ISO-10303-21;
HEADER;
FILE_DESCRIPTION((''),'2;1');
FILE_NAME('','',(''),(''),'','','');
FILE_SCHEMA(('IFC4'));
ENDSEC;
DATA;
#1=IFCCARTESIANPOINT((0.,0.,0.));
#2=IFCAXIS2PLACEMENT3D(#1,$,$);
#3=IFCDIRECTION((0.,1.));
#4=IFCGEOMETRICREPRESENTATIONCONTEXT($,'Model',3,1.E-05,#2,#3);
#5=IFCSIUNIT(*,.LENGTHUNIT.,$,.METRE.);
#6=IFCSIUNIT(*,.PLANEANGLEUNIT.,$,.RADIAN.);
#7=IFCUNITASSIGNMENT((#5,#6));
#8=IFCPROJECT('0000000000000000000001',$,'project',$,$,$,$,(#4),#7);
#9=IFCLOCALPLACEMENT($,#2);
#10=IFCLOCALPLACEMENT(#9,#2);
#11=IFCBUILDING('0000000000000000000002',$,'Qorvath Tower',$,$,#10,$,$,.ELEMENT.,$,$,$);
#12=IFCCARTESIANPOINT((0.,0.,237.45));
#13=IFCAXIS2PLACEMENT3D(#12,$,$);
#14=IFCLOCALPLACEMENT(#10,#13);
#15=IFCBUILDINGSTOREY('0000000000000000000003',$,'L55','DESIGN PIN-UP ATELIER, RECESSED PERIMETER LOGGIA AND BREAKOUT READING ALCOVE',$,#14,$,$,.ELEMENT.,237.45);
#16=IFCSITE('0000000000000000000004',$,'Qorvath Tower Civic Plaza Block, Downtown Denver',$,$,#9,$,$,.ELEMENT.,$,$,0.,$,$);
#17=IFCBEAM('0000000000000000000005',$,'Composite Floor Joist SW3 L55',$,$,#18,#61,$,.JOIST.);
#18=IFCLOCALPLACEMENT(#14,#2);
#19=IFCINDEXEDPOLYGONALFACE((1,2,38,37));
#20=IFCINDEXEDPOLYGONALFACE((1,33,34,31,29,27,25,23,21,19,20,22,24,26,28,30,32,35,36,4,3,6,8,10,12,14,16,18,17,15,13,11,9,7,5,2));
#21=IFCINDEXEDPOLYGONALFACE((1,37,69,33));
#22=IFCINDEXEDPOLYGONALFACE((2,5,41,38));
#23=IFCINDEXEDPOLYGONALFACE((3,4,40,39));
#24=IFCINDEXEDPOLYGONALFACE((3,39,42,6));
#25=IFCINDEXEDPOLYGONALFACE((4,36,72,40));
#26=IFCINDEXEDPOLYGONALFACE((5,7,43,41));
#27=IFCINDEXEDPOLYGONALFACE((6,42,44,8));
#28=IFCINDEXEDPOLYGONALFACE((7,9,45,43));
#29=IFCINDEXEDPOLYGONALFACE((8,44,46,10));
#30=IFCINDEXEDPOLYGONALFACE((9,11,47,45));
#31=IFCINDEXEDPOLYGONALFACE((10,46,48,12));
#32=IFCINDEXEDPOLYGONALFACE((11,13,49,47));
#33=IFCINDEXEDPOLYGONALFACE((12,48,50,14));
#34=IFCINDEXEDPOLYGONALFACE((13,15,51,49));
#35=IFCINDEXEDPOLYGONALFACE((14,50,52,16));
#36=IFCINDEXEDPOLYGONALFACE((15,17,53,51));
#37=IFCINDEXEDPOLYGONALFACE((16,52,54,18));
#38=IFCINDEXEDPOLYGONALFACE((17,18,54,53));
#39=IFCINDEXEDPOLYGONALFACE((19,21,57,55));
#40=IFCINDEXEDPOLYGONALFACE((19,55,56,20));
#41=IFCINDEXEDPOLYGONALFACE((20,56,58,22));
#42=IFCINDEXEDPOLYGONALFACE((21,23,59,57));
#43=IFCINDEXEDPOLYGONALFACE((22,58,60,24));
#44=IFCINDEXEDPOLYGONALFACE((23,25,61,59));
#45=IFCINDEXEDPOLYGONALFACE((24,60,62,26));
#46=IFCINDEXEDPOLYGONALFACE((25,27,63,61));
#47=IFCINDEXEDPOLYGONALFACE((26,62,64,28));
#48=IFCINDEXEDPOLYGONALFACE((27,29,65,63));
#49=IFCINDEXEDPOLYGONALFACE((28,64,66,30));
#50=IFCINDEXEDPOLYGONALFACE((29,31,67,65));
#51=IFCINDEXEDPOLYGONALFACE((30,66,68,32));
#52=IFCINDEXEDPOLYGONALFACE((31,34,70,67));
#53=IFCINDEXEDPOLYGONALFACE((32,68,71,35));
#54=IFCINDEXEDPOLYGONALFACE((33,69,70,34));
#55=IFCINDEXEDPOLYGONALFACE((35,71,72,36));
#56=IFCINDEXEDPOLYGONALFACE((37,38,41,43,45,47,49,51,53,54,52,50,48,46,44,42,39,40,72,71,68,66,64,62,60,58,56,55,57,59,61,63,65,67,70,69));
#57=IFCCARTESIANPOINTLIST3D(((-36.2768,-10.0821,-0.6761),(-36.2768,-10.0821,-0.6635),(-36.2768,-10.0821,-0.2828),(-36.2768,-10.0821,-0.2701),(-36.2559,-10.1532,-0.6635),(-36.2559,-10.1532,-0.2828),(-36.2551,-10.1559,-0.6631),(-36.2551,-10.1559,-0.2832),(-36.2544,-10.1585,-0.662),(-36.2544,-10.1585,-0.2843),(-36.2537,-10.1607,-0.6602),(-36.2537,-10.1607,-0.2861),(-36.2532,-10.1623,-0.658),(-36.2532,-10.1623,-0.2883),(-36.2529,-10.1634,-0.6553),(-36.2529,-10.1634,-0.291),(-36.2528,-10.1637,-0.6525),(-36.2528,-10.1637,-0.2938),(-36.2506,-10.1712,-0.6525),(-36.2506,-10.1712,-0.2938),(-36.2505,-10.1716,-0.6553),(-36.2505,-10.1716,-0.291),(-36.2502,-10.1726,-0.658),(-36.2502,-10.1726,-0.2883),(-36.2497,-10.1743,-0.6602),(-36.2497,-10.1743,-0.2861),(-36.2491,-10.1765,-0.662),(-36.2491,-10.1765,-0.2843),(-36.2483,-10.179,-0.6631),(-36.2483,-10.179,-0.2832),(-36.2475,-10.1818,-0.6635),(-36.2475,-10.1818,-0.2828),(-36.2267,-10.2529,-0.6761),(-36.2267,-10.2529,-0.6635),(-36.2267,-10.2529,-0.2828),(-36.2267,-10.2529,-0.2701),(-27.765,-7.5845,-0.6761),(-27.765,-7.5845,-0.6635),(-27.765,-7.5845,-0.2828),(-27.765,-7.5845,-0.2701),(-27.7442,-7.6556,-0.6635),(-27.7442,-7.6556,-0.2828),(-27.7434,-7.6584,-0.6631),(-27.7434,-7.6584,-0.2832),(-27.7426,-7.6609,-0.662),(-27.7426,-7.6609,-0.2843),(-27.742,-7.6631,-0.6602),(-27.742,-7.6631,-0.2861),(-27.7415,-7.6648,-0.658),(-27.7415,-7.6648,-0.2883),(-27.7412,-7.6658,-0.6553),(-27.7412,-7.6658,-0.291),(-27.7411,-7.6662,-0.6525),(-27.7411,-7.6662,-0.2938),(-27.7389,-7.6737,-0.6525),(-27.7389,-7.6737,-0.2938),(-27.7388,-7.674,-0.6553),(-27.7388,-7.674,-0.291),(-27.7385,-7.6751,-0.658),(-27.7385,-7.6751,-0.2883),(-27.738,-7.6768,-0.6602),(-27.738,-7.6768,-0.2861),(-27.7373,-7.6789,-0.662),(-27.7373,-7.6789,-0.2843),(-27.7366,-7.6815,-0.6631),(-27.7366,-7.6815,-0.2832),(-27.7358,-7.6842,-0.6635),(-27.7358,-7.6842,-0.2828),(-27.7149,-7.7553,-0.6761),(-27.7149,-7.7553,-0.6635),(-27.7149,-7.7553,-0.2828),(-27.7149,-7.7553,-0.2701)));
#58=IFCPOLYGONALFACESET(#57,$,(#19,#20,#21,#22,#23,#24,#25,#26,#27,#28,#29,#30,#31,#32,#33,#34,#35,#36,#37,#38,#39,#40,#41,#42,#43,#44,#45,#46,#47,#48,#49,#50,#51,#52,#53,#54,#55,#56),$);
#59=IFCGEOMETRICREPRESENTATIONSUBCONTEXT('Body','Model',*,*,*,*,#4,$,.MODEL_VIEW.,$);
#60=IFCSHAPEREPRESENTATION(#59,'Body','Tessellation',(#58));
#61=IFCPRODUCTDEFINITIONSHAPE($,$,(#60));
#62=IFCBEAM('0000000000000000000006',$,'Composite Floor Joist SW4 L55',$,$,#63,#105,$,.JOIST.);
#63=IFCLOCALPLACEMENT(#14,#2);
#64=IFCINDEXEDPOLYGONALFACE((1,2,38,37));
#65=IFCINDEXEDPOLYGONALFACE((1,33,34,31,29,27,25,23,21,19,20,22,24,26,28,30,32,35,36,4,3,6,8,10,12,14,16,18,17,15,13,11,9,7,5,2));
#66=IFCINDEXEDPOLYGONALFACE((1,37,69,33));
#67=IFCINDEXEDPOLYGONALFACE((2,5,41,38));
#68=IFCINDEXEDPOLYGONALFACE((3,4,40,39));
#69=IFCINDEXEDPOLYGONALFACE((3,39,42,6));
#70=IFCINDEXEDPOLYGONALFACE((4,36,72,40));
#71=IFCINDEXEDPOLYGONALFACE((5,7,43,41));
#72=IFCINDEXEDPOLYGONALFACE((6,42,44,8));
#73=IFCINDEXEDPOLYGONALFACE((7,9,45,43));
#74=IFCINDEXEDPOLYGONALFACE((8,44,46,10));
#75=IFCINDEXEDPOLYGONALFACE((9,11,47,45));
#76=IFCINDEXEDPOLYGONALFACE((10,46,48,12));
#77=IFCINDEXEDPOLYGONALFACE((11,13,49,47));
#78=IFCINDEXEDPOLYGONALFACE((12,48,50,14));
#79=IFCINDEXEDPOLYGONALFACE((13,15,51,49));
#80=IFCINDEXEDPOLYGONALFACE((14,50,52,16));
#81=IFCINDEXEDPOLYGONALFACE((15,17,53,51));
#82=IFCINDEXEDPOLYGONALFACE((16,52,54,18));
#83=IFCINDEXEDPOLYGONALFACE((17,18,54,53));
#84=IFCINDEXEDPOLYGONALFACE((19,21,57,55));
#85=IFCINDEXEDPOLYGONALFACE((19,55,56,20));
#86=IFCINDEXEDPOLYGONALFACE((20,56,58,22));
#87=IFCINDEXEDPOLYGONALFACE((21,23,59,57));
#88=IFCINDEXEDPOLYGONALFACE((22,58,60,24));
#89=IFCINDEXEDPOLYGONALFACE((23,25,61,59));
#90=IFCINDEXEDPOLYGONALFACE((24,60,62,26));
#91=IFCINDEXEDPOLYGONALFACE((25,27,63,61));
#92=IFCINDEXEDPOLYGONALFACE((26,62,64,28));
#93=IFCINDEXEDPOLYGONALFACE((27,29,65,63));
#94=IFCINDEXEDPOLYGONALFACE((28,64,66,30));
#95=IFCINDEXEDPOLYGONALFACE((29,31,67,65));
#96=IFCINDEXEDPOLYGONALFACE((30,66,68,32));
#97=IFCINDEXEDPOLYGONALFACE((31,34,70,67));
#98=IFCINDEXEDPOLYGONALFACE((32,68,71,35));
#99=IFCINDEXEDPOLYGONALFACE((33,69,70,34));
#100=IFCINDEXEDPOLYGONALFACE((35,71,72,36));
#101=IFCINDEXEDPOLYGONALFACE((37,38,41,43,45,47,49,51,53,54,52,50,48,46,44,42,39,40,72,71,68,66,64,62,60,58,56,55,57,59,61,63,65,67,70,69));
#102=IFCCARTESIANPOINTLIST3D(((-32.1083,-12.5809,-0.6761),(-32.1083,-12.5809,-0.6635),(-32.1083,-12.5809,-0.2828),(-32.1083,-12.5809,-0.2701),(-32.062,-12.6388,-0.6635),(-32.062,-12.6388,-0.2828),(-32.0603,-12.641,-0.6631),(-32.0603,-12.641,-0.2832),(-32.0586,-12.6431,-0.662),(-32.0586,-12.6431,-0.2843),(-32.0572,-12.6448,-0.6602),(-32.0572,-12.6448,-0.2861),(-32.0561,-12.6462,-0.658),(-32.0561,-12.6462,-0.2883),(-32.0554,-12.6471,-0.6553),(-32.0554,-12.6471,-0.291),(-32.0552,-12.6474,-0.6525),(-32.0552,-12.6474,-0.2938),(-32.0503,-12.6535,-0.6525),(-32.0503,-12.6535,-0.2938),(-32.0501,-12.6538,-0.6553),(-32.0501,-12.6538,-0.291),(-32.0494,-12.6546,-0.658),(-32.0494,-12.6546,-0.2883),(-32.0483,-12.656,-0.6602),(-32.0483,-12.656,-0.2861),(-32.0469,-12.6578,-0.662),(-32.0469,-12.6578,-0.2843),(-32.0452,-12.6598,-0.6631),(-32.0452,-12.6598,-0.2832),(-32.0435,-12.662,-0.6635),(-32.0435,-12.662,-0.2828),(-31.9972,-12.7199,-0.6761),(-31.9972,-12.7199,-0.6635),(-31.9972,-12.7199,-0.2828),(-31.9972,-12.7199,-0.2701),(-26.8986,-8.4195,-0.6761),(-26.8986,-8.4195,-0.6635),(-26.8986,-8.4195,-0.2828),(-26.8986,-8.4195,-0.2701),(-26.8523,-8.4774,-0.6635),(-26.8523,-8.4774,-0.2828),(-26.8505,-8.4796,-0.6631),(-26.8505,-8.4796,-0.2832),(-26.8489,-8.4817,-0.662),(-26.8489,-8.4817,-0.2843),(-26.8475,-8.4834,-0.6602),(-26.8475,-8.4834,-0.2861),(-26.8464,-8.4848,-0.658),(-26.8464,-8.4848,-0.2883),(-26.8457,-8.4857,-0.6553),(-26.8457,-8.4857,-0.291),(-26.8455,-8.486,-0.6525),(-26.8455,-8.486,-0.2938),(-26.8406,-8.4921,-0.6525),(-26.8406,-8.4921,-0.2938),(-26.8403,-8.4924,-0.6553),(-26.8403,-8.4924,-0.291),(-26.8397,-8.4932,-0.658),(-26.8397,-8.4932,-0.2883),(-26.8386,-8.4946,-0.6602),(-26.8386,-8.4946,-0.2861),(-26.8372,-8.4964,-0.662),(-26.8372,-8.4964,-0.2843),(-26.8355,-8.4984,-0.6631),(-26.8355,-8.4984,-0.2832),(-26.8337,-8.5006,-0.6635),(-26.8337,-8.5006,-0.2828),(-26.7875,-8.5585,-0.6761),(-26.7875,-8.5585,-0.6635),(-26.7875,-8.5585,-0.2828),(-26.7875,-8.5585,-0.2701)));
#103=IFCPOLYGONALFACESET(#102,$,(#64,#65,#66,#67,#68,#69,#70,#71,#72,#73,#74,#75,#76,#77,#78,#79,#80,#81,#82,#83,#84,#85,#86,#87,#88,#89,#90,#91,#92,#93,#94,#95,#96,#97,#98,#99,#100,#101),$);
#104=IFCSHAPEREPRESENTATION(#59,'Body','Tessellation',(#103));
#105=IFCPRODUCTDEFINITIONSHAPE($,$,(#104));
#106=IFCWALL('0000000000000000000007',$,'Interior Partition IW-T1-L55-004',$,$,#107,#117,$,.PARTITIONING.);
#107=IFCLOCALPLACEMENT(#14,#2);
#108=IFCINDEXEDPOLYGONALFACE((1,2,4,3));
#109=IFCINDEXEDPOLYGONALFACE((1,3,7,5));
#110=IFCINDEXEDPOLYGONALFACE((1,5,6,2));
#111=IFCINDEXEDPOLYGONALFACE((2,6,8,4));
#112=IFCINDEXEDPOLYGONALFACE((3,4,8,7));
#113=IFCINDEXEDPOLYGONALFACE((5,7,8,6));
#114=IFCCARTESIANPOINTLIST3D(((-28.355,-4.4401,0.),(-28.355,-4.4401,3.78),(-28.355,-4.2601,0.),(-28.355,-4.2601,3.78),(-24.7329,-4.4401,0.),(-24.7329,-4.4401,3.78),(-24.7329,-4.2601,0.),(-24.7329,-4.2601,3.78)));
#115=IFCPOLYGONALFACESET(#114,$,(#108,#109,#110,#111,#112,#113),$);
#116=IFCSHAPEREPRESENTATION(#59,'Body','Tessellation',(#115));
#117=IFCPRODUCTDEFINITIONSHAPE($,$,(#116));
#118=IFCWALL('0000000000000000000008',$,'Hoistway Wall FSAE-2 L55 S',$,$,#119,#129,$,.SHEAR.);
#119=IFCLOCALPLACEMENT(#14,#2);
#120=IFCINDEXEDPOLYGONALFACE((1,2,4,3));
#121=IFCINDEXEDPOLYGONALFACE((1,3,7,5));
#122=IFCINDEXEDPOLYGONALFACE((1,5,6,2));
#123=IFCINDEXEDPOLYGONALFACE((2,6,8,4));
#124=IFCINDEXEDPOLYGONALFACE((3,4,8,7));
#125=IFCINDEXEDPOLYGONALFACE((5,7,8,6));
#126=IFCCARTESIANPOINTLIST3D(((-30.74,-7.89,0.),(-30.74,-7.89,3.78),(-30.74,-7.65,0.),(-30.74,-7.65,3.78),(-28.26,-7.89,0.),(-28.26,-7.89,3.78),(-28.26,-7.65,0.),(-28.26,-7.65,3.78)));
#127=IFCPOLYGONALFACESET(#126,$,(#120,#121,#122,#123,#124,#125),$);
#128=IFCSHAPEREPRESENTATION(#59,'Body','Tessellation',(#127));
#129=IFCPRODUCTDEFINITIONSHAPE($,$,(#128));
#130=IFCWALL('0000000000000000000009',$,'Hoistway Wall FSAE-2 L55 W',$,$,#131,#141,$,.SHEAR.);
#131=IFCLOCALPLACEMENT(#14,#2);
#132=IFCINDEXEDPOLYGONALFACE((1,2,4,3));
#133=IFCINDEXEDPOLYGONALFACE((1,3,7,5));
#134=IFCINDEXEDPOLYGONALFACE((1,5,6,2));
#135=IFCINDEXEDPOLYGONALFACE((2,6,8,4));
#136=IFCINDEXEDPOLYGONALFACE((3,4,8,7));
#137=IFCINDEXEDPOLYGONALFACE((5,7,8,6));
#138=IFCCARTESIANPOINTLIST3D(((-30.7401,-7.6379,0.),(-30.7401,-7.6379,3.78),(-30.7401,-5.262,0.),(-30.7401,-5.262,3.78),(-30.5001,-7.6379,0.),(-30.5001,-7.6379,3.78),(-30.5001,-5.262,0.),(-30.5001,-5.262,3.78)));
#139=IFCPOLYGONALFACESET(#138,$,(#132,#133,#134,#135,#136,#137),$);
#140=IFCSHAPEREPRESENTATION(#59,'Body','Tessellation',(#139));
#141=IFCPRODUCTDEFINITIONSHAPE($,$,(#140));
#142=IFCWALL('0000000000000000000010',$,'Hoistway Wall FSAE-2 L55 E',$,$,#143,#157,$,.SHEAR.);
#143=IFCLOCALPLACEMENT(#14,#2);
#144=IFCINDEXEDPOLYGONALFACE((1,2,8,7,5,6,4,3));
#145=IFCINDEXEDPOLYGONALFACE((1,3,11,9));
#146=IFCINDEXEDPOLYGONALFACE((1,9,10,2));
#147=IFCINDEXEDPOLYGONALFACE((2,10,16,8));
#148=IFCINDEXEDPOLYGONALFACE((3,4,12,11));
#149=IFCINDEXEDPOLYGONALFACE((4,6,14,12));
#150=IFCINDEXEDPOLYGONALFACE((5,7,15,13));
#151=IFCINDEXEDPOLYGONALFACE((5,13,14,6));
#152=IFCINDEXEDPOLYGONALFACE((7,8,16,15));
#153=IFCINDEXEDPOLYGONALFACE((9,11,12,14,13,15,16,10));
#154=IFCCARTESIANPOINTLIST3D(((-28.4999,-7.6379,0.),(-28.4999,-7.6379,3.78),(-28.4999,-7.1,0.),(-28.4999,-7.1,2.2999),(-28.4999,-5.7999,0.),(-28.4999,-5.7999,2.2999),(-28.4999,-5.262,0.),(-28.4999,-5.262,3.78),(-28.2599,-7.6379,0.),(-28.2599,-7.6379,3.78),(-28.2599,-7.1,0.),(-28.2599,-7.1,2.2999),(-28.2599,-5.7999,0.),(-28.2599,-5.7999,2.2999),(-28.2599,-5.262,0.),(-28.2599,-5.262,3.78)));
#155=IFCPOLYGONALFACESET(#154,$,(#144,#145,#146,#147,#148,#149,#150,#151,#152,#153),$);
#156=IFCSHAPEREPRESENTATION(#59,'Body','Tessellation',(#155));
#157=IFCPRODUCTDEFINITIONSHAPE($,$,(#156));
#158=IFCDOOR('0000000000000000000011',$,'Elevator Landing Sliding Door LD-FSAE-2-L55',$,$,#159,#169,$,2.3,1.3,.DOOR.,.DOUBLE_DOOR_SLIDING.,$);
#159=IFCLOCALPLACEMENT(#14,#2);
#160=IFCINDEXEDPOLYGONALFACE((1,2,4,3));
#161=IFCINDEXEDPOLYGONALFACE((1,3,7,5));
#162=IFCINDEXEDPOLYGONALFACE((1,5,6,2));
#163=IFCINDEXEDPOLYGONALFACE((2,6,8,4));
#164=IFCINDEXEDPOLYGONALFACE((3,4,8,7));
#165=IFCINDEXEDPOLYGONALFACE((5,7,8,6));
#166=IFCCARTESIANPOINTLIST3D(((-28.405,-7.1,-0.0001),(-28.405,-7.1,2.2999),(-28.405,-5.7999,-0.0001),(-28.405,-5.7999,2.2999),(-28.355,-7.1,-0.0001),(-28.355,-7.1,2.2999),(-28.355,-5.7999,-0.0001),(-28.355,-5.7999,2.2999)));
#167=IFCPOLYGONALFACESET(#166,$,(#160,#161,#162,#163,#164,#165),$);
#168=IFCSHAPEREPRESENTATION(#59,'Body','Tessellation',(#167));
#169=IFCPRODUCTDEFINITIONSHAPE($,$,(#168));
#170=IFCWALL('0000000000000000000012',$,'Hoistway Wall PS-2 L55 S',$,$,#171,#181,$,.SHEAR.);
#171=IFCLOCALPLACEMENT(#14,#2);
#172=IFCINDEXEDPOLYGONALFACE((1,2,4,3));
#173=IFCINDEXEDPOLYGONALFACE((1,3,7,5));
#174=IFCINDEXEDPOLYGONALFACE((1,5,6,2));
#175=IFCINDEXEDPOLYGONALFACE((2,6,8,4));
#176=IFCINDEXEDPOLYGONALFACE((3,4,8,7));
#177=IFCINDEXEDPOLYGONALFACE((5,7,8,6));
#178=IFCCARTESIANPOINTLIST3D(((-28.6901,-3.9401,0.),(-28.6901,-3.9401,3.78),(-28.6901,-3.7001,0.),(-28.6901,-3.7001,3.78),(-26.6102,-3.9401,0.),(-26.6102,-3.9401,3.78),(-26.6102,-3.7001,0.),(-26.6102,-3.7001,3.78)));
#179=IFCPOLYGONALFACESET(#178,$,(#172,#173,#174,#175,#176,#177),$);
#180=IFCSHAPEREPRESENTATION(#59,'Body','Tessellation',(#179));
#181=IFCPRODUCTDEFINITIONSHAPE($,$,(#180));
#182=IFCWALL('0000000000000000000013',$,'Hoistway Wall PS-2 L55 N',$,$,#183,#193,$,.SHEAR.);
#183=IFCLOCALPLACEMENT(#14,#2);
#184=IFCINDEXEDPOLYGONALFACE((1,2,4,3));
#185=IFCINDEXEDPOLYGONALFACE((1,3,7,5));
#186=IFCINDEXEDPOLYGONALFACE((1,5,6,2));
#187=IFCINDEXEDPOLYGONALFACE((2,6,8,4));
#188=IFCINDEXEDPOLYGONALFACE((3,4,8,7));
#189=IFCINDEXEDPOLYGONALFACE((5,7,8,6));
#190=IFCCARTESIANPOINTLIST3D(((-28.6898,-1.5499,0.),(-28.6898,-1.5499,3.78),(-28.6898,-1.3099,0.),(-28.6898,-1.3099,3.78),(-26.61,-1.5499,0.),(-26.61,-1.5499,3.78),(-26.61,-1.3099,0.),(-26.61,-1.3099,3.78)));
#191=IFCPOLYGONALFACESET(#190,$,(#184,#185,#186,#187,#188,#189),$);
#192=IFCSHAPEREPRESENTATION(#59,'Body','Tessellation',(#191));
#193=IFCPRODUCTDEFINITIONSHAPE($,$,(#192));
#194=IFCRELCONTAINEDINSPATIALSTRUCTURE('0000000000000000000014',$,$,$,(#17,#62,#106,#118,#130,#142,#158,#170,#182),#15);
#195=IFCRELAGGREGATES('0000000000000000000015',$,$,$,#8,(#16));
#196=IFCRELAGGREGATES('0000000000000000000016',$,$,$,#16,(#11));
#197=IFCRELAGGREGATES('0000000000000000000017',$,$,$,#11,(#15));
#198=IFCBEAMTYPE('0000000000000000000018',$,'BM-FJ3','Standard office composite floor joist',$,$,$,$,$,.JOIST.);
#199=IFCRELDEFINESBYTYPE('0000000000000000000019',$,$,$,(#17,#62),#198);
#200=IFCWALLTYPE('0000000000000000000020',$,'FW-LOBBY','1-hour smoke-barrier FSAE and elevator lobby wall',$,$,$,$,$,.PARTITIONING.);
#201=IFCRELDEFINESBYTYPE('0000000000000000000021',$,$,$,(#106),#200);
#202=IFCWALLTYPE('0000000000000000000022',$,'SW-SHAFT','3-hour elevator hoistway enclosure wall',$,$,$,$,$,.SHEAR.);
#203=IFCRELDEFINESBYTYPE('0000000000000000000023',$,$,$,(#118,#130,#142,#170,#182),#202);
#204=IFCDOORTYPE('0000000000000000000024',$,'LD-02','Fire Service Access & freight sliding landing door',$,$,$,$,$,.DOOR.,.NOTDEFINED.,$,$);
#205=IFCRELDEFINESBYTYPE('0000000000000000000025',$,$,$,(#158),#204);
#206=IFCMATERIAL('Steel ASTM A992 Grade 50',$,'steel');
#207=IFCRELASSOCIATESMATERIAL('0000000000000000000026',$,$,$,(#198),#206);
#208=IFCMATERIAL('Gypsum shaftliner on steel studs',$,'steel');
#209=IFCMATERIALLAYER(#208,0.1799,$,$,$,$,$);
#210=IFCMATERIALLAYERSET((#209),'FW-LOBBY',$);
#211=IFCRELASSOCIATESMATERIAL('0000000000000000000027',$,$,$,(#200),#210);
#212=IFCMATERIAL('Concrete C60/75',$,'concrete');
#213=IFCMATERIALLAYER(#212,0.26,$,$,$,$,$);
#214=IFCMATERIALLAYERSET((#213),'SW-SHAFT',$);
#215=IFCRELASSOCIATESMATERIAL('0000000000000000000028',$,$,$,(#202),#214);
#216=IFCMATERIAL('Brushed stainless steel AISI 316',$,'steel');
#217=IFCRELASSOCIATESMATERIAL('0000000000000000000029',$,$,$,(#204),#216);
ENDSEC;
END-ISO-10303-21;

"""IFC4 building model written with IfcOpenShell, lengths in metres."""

from ifc_helpers import new_model, si_unit, direction, frame, frame_2d, origin, origin_2d, place, context, subcontext, project, spatial, rectangle, i_section, extrude, material, layer, layer_set, material_profile, profile_set, type_object, element, fill, save


model = new_model("IFC4")

# Units and contexts
model_context = context("Model", 3, precision=1e-05, world=origin(), true_north=direction((0.0, 1.0)))
body_context = subcontext(model_context, "Body", "Model", "MODEL_VIEW")
ifc_project = project(units=[si_unit("LENGTHUNIT", "METRE"), si_unit("PLANEANGLEUNIT", "RADIAN")], contexts=[model_context])

# Site, building, storey
site_placement = place(None, origin())
site = spatial("IfcSite", under=ifc_project, at=site_placement, Name="Qorvath Tower Civic Plaza Block, Downtown Denver", CompositionType="ELEMENT", RefElevation=0.0)
building_placement = place(site_placement, origin())
building = spatial("IfcBuilding", under=site, at=building_placement, Name="Qorvath Tower", CompositionType="ELEMENT")
storey_placement = place(building_placement, frame((0.0, 0.0, 237.45)))
storey = spatial("IfcBuildingStorey", under=building, at=storey_placement, Name="L55", Description="DESIGN PIN-UP ATELIER, RECESSED PERIMETER LOGGIA AND BREAKOUT READING ALCOVE", CompositionType="ELEMENT", Elevation=237.45)

# Beams
ifc_material_1 = material(Name="Steel ASTM A992 Grade 50", Category="steel")
ifc_material_profile_1 = material_profile(ifc_material_1, i_section(OverallWidth=0.178, OverallDepth=0.406, WebThickness=0.0078, FlangeThickness=0.0127, FilletRadius=0.011, at=origin_2d()), Name="W16x40")
ifc_profile_set_1 = profile_set([ifc_material_profile_1], Name="Steel ASTM A992 Grade 50")
beam_type_1 = type_object("IfcBeamType", Name="BM-FJ3", Description="Standard office composite floor joist", PredefinedType="JOIST", material=ifc_profile_set_1)
beam_1_placement = place(storey_placement, frame((-27.74, -7.6699, -0.4731), z_axis=(-0.959545, -0.281555, 0.0), x_axis=(0.281555, -0.959545, 0.0)))
element("IfcBeam", 1, at=beam_1_placement, inside=storey, type_object=beam_type_1, Name="Composite Floor Joist SW3 L55", PredefinedType="JOIST", context=body_context, shape_type="SweptSolid", body=[
    extrude(i_section(OverallWidth=0.178, OverallDepth=0.406, WebThickness=0.0078, FlangeThickness=0.0127, FilletRadius=0.011, at=origin_2d()), origin(), (0.0, 0.0, 1.0), 8.8706),
])
beam_2_placement = place(storey_placement, frame((-26.843, -8.489, -0.4731), z_axis=(-0.781337, -0.62411, 0.0), x_axis=(0.62411, -0.781337, 0.0)))
element("IfcBeam", 2, at=beam_2_placement, inside=storey, type_object=beam_type_1, Name="Composite Floor Joist SW4 L55", PredefinedType="JOIST", context=body_context, shape_type="SweptSolid", body=[
    extrude(i_section(OverallWidth=0.178, OverallDepth=0.406, WebThickness=0.0078, FlangeThickness=0.0127, FilletRadius=0.011, at=origin_2d()), origin(), (0.0, 0.0, 1.0), 6.6677),
])

# Shared definitions
ifc_material_2 = material(Name="Gypsum shaftliner on steel studs", Category="steel")
ifc_layer_1 = layer(ifc_material_2, 0.1799)
ifc_layer_set_1 = layer_set([ifc_layer_1], Name="FW-LOBBY")
wall_type_1 = type_object("IfcWallType", Name="FW-LOBBY", Description="1-hour smoke-barrier FSAE and elevator lobby wall", PredefinedType="PARTITIONING", material=ifc_layer_set_1)

# Walls
wall_1_placement = place(storey_placement, frame((-24.7329, -4.3501, 0.0), z_axis=(0.0, 0.0, 1.0), x_axis=(-1.0, 0.0, 0.0)))
element("IfcWall", 3, at=wall_1_placement, inside=storey, type_object=wall_type_1, Name="Interior Partition IW-T1-L55-004", PredefinedType="PARTITIONING", context=body_context, shape_type="SweptSolid", body=[
    extrude(rectangle(XDim=3.6221, YDim=0.1799, at=frame_2d((1.811, 0.0))), origin(), (0.0, 0.0, 1.0), 3.78),
])
ifc_material_3 = material(Name="Concrete C60/75", Category="concrete")
ifc_layer_2 = layer(ifc_material_3, 0.26)
ifc_layer_set_2 = layer_set([ifc_layer_2], Name="SW-SHAFT")
wall_type_2 = type_object("IfcWallType", Name="SW-SHAFT", Description="3-hour elevator hoistway enclosure wall", PredefinedType="SHEAR", material=ifc_layer_set_2)
wall_2_placement = place(storey_placement, frame((-28.26, -7.77, 0.0), z_axis=(0.0, 0.0, 1.0), x_axis=(-1.0, 0.0, 0.0)))
element("IfcWall", 4, at=wall_2_placement, inside=storey, type_object=wall_type_2, Name="Hoistway Wall FSAE-2 L55 S", PredefinedType="SHEAR", context=body_context, shape_type="SweptSolid", body=[
    extrude(rectangle(XDim=2.48, YDim=0.24, at=frame_2d((1.24, 0.0))), origin(), (0.0, 0.0, 1.0), 3.78),
])
wall_3_placement = place(storey_placement, frame((-30.6201, -7.6379, 0.0), z_axis=(0.0, 0.0, 1.0), x_axis=(0.0, 1.0, 0.0)))
element("IfcWall", 5, at=wall_3_placement, inside=storey, type_object=wall_type_2, Name="Hoistway Wall FSAE-2 L55 W", PredefinedType="SHEAR", context=body_context, shape_type="SweptSolid", body=[
    extrude(rectangle(XDim=2.376, YDim=0.24, at=frame_2d((1.188, 0.0))), origin(), (0.0, 0.0, 1.0), 3.78),
])

# Wall, opening, door
wall_4_placement = place(storey_placement, frame((-28.3799, -5.262, 0.0), z_axis=(0.0, 0.0, 1.0), x_axis=(0.0, -1.0, 0.0)))
wall_4 = element("IfcWall", 6, at=wall_4_placement, inside=storey, type_object=wall_type_2, Name="Hoistway Wall FSAE-2 L55 E", PredefinedType="SHEAR", context=body_context, shape_type="SweptSolid", body=[
    extrude(rectangle(XDim=2.376, YDim=0.24, at=frame_2d((1.188, 0.0))), origin(), (0.0, 0.0, 1.0), 3.78),
])
opening_1_placement = place(wall_4_placement, frame((0.5381, 0.0, 0.0)))
opening_1 = element("IfcOpeningElement", 7, at=opening_1_placement, cuts=wall_4, PredefinedType="OPENING", context=body_context, shape_type="SweptSolid", body=[
    extrude(rectangle(XDim=1.3, YDim=2.3, at=frame_2d((0.6499, 1.1499))), frame((0.0, 0.1299, 0.0), z_axis=(0.0, -1.0, 0.0), x_axis=(1.0, 0.0, 0.0)), (0.0, 0.0, 1.0), 0.26),
])
ifc_material_4 = material(Name="Brushed stainless steel AISI 316", Category="steel")
door_type_1 = type_object("IfcDoorType", Name="LD-02", Description="Fire Service Access & freight sliding landing door", OperationType="NOTDEFINED", PredefinedType="DOOR", material=ifc_material_4)
door_1_placement = place(opening_1_placement, origin())
door_1 = element("IfcDoor", 8, at=door_1_placement, inside=storey, type_object=door_type_1, Name="Elevator Landing Sliding Door LD-FSAE-2-L55", OperationType="DOUBLE_DOOR_SLIDING", OverallHeight=2.3, OverallWidth=1.3, PredefinedType="DOOR", context=body_context, shape_type="SweptSolid", body=[
    extrude(rectangle(XDim=1.3, YDim=2.3, at=frame_2d((0.6499, 1.1499))), frame((0.0, 0.0249, 0.0), z_axis=(0.0, -1.0, 0.0), x_axis=(1.0, 0.0, 0.0)), (0.0, 0.0, 1.0), 0.05),
])
fill(opening_1, door_1)

# Walls
for number, where, z_axis, x_axis, name in (
    (9, (-26.6101, -3.8201, 0.0), (0.0, 0.0, 1.0), (-1.0, 0.0, 0.0), "Hoistway Wall PS-2 L55 S"),
    (10, (-28.6899, -1.4299, 0.0), (0.0, 0.0, 1.0), (1.0, 0.0, 0.0), "Hoistway Wall PS-2 L55 N"),
):
    element("IfcWall", number, at=place(storey_placement, frame(where, z_axis=z_axis, x_axis=x_axis)), inside=storey, type_object=wall_type_2, Name=name, PredefinedType="SHEAR", context=body_context, shape_type="SweptSolid", body=[
        extrude(rectangle(XDim=2.0798, YDim=0.24, at=frame_2d((1.04, 0.0))), origin(), (0.0, 0.0, 1.0), 3.78),
    ])

save(model, "model.ifc")
